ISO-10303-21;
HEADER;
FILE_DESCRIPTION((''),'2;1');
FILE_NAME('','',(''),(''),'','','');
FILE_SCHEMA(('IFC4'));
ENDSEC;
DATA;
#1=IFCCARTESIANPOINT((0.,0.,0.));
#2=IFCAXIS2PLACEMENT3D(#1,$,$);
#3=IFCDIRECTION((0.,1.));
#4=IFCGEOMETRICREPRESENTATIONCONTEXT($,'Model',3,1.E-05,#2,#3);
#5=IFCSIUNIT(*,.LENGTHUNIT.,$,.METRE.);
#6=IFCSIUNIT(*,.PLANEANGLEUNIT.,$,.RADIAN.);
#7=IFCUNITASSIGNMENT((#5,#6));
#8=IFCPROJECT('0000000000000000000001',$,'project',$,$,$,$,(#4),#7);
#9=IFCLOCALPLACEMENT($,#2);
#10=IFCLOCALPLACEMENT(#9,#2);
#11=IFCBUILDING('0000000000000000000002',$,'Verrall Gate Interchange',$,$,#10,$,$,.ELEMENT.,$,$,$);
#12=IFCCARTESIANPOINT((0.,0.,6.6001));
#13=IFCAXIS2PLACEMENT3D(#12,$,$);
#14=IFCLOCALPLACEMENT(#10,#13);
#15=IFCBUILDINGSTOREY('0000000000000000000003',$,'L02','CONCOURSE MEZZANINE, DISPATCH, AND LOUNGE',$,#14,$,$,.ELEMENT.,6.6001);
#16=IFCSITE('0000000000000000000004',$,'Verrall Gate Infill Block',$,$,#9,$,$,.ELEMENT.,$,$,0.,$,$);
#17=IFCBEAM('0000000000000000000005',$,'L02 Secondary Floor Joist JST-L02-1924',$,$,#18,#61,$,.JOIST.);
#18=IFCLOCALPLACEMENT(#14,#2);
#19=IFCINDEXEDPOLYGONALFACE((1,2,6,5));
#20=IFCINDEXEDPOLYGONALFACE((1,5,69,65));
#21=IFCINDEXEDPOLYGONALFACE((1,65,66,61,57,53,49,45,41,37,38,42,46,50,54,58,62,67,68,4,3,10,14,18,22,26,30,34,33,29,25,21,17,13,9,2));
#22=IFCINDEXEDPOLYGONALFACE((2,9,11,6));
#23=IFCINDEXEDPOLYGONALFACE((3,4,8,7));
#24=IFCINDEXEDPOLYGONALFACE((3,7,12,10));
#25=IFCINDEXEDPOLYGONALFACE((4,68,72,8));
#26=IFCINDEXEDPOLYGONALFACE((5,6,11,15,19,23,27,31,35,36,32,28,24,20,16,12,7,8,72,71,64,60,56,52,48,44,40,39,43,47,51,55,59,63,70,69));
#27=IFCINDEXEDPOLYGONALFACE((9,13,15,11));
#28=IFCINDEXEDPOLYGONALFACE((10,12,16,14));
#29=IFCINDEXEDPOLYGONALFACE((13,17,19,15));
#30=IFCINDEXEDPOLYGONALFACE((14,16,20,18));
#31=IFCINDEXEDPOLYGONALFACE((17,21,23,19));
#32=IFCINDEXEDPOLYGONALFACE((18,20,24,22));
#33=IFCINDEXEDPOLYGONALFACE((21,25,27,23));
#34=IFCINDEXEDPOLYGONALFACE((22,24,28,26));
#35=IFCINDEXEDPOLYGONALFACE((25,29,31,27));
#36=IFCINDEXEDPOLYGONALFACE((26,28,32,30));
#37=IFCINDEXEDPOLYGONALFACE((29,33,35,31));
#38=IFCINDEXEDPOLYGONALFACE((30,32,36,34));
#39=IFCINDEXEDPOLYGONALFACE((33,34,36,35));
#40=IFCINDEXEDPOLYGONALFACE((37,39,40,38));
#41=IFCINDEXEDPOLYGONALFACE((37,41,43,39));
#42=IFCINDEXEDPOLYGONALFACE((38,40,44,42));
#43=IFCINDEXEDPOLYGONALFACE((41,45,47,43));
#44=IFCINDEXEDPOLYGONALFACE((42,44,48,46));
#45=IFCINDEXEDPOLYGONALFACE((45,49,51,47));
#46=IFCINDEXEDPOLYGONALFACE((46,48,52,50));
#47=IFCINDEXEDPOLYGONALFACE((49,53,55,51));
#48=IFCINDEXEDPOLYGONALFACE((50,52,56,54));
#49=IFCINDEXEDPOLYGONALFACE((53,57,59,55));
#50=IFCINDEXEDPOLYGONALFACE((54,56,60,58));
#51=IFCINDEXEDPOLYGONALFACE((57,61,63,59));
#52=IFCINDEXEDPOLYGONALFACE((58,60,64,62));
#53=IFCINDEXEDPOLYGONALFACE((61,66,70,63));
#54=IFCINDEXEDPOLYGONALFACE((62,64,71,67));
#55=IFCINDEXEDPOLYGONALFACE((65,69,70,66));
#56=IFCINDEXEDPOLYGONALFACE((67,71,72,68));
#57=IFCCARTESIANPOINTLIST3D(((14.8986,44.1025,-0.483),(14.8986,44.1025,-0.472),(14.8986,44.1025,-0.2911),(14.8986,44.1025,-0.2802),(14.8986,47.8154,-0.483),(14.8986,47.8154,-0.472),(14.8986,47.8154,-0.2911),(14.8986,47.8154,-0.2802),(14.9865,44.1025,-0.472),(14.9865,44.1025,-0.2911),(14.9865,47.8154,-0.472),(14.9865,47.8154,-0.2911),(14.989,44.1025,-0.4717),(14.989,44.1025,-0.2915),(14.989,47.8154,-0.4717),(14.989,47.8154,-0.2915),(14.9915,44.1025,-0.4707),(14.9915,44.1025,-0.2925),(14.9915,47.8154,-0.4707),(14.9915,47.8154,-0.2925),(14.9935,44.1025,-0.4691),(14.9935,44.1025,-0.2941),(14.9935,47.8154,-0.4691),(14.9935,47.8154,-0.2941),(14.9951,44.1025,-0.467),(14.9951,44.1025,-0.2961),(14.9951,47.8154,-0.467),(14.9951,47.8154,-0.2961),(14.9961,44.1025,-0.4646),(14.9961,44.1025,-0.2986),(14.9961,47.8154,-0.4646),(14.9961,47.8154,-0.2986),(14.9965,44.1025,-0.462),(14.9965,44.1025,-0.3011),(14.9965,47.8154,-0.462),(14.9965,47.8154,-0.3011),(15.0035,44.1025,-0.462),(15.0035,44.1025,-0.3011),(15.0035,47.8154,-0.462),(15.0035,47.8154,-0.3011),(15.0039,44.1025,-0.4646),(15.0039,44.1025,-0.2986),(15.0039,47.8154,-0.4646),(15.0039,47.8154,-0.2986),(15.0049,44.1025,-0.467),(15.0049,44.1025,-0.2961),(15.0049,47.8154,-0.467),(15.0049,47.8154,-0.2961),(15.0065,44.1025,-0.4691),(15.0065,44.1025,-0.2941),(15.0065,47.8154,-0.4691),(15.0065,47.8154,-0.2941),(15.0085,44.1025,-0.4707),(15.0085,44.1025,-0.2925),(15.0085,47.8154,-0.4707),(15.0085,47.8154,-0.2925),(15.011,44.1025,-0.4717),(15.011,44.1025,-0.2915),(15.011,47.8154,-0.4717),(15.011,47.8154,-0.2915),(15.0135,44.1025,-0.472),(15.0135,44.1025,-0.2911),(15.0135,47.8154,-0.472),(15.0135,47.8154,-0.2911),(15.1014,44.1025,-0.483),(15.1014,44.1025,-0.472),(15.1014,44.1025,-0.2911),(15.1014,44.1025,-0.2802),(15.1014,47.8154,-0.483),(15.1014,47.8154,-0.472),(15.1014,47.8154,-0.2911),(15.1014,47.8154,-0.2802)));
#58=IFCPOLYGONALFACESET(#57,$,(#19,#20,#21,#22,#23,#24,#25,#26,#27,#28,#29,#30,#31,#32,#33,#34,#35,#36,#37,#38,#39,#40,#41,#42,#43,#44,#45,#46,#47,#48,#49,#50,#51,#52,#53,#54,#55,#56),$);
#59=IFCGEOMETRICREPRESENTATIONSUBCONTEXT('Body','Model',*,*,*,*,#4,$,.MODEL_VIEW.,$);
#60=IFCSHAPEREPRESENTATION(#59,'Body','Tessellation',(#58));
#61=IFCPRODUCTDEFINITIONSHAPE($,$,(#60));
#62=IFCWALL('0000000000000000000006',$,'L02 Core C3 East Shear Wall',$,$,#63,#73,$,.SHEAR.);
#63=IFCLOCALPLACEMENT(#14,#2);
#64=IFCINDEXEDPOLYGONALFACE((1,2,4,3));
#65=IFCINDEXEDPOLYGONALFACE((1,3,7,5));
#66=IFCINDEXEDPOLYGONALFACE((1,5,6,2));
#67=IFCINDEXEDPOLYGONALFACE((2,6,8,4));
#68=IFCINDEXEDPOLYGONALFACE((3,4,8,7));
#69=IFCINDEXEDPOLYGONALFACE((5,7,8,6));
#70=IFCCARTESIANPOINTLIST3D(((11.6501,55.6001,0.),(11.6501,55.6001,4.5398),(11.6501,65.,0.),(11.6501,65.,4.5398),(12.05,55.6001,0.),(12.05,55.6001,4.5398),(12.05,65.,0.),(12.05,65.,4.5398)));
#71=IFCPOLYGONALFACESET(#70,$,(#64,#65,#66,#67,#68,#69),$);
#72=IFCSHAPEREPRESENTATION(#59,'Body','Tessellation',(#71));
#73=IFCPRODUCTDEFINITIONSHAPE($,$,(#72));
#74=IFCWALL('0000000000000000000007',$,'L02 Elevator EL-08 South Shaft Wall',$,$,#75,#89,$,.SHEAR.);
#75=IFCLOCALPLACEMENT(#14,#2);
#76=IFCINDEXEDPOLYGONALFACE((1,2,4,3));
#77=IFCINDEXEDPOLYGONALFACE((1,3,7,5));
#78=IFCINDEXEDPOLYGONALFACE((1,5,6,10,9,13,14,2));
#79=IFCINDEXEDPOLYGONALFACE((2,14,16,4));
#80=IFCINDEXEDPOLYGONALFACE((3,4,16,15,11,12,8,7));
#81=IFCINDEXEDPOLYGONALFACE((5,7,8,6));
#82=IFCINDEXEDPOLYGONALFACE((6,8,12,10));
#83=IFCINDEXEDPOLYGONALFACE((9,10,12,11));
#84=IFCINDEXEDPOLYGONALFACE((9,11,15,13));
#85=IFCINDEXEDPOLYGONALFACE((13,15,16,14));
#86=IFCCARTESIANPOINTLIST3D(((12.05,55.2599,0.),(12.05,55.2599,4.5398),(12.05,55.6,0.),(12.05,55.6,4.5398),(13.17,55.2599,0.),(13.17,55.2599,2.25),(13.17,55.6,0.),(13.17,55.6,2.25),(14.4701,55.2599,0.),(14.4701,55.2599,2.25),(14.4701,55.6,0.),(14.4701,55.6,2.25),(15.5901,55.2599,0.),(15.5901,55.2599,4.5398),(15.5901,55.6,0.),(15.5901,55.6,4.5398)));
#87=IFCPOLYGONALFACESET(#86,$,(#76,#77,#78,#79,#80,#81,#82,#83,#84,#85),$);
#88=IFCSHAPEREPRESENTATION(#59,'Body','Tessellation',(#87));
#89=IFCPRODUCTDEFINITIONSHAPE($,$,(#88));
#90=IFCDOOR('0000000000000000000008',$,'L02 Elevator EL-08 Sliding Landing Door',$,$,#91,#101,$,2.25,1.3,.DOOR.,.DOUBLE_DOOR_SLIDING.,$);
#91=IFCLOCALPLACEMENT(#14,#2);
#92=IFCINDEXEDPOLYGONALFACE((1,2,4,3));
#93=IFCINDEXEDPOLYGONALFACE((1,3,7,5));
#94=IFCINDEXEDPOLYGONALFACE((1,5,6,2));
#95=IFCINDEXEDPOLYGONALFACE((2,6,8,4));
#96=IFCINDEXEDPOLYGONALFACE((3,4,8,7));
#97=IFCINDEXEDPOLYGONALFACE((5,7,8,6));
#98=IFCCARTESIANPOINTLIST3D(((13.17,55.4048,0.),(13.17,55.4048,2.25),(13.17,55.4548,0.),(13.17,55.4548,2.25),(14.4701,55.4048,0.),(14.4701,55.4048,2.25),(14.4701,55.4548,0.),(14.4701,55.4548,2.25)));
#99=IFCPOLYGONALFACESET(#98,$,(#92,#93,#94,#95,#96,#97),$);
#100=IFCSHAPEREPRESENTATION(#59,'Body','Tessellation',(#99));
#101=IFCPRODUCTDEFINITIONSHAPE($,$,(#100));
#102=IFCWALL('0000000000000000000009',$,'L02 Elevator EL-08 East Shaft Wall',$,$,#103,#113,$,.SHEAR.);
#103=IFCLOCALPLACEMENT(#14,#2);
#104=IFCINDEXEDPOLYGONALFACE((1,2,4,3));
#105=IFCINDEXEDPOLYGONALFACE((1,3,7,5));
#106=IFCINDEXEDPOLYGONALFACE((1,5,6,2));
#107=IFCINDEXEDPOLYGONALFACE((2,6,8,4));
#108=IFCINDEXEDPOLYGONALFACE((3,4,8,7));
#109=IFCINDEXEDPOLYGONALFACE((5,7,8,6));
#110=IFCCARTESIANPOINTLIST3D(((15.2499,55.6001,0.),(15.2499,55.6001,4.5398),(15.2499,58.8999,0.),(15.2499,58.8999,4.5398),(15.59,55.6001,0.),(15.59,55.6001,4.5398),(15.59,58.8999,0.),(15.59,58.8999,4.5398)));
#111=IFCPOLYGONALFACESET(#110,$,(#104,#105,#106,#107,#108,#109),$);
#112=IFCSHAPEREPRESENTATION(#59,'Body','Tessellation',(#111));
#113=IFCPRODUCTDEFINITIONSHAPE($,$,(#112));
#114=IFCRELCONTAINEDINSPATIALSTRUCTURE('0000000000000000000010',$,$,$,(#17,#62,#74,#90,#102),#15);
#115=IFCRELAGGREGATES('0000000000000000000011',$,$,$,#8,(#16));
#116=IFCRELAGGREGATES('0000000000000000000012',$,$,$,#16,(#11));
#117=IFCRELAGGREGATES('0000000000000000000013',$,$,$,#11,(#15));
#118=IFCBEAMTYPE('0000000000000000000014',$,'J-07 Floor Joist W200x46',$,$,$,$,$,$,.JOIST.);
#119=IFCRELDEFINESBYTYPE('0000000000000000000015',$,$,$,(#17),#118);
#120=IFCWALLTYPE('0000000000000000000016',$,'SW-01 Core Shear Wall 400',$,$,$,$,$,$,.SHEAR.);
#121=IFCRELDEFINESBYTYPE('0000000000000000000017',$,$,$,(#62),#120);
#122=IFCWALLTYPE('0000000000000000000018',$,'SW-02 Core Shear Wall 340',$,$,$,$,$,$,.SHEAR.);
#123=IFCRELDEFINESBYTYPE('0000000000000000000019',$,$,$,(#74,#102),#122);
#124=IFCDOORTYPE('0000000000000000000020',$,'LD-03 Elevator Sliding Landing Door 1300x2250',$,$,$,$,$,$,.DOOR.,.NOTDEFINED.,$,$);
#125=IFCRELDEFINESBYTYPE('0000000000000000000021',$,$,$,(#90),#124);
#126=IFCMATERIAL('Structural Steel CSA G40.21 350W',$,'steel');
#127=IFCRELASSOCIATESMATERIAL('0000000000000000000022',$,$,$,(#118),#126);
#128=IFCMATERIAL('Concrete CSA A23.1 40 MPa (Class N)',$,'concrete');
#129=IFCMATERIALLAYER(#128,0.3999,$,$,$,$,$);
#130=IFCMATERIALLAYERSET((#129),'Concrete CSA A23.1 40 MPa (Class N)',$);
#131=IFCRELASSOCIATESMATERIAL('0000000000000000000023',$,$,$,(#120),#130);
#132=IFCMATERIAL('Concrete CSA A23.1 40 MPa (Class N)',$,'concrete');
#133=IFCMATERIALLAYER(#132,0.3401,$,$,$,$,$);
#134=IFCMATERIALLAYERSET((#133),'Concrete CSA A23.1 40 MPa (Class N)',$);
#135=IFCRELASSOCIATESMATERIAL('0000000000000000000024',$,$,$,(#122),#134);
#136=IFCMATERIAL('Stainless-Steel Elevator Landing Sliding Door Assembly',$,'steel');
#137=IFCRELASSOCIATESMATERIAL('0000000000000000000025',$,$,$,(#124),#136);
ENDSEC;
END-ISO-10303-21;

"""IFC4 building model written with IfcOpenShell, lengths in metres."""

from ifc_helpers import new_model, si_unit, direction, frame, frame_2d, origin, origin_2d, place, context, subcontext, project, spatial, rectangle, i_section, extrude, material, layer, layer_set, material_profile, profile_set, type_object, element, fill, save


model = new_model("IFC4")

# Units and contexts
model_context = context("Model", 3, precision=1e-05, world=origin(), true_north=direction((0.0, 1.0)))
body_context = subcontext(model_context, "Body", "Model", "MODEL_VIEW")
ifc_project = project(units=[si_unit("LENGTHUNIT", "METRE"), si_unit("PLANEANGLEUNIT", "RADIAN")], contexts=[model_context])

# Site, building, storey
site_placement = place(None, origin())
site = spatial("IfcSite", under=ifc_project, at=site_placement, Name="Verrall Gate Infill Block", CompositionType="ELEMENT", RefElevation=0.0)
building_placement = place(site_placement, origin())
building = spatial("IfcBuilding", under=site, at=building_placement, Name="Verrall Gate Interchange", CompositionType="ELEMENT")
storey_placement = place(building_placement, frame((0.0, 0.0, 6.6001)))
storey = spatial("IfcBuildingStorey", under=building, at=storey_placement, Name="L02", Description="CONCOURSE MEZZANINE, DISPATCH, AND LOUNGE", CompositionType="ELEMENT", Elevation=6.6001)

# Beam
ifc_material_1 = material(Name="Structural Steel CSA G40.21 350W", Category="steel")
ifc_material_profile_1 = material_profile(ifc_material_1, i_section(OverallWidth=0.2029, OverallDepth=0.2029, WebThickness=0.0071, FlangeThickness=0.011, FilletRadius=0.01, at=origin_2d()), Name="W200x46")
ifc_profile_set_1 = profile_set([ifc_material_profile_1], Name="Structural Steel CSA G40.21 350W")
beam_type_1 = type_object("IfcBeamType", Name="J-07 Floor Joist W200x46", PredefinedType="JOIST", material=ifc_profile_set_1)
beam_1_placement = place(storey_placement, frame((15.0, 44.1025, -0.3816), z_axis=(0.0, 1.0, 0.0), x_axis=(-1.0, 0.0, 0.0)))
element("IfcBeam", 1, at=beam_1_placement, inside=storey, type_object=beam_type_1, Name="L02 Secondary Floor Joist JST-L02-1924", PredefinedType="JOIST", context=body_context, shape_type="SweptSolid", body=[
    extrude(i_section(OverallWidth=0.2029, OverallDepth=0.2029, WebThickness=0.0071, FlangeThickness=0.011, FilletRadius=0.01, at=origin_2d()), origin(), (0.0, 0.0, 1.0), 3.7129),
])

# Wall
ifc_material_2 = material(Name="Concrete CSA A23.1 40 MPa (Class N)", Category="concrete")
ifc_layer_1 = layer(ifc_material_2, 0.3999)
ifc_layer_set_1 = layer_set([ifc_layer_1], Name="Concrete CSA A23.1 40 MPa (Class N)")
wall_type_1 = type_object("IfcWallType", Name="SW-01 Core Shear Wall 400", PredefinedType="SHEAR", material=ifc_layer_set_1)
wall_1_placement = place(storey_placement, frame((11.8501, 55.6001, 0.0), z_axis=(0.0, 0.0, 1.0), x_axis=(0.0, 1.0, 0.0)))
element("IfcWall", 2, at=wall_1_placement, inside=storey, type_object=wall_type_1, Name="L02 Core C3 East Shear Wall", PredefinedType="SHEAR", context=body_context, shape_type="SweptSolid", body=[
    extrude(rectangle(XDim=9.3999, YDim=0.3999, at=frame_2d((4.7, 0.0))), origin(), (0.0, 0.0, 1.0), 4.5398),
])

# Wall, opening, door
ifc_material_3 = material(Name="Concrete CSA A23.1 40 MPa (Class N)", Category="concrete")
ifc_layer_2 = layer(ifc_material_3, 0.3401)
ifc_layer_set_2 = layer_set([ifc_layer_2], Name="Concrete CSA A23.1 40 MPa (Class N)")
wall_type_2 = type_object("IfcWallType", Name="SW-02 Core Shear Wall 340", PredefinedType="SHEAR", material=ifc_layer_set_2)
wall_2_placement = place(storey_placement, frame((12.05, 55.4299, 0.0), z_axis=(0.0, 0.0, 1.0), x_axis=(1.0, 0.0, 0.0)))
wall_2 = element("IfcWall", 3, at=wall_2_placement, inside=storey, type_object=wall_type_2, Name="L02 Elevator EL-08 South Shaft Wall", PredefinedType="SHEAR", context=body_context, shape_type="SweptSolid", body=[
    extrude(rectangle(XDim=3.54, YDim=0.3401, at=frame_2d((1.77, 0.0))), origin(), (0.0, 0.0, 1.0), 4.5398),
])
opening_1_placement = place(wall_2_placement, frame((1.1201, 0.0, 0.0)))
opening_1 = element("IfcOpeningElement", 4, at=opening_1_placement, cuts=wall_2, PredefinedType="OPENING", context=body_context, shape_type="SweptSolid", body=[
    extrude(rectangle(XDim=1.3, YDim=2.25, at=frame_2d((0.6499, 1.125))), frame((0.0, 0.1851, 0.0), z_axis=(0.0, -1.0, 0.0), x_axis=(1.0, 0.0, 0.0)), (0.0, 0.0, 1.0), 0.3699),
])
ifc_material_4 = material(Name="Stainless-Steel Elevator Landing Sliding Door Assembly", Category="steel")
door_type_1 = type_object("IfcDoorType", Name="LD-03 Elevator Sliding Landing Door 1300x2250", OperationType="NOTDEFINED", PredefinedType="DOOR", material=ifc_material_4)
door_1_placement = place(opening_1_placement, origin())
door_1 = element("IfcDoor", 5, at=door_1_placement, inside=storey, type_object=door_type_1, Name="L02 Elevator EL-08 Sliding Landing Door", OperationType="DOUBLE_DOOR_SLIDING", OverallHeight=2.25, OverallWidth=1.3, PredefinedType="DOOR", context=body_context, shape_type="SweptSolid", body=[
    extrude(rectangle(XDim=1.3, YDim=2.25, at=frame_2d((0.6499, 1.125))), frame((0.0, 0.0249, 0.0), z_axis=(0.0, -1.0, 0.0), x_axis=(1.0, 0.0, 0.0)), (0.0, 0.0, 1.0), 0.05),
])
fill(opening_1, door_1)

# Wall
wall_3_placement = place(storey_placement, frame((15.4199, 55.6001, 0.0), z_axis=(0.0, 0.0, 1.0), x_axis=(0.0, 1.0, 0.0)))
element("IfcWall", 6, at=wall_3_placement, inside=storey, type_object=wall_type_2, Name="L02 Elevator EL-08 East Shaft Wall", PredefinedType="SHEAR", context=body_context, shape_type="SweptSolid", body=[
    extrude(rectangle(XDim=3.2998, YDim=0.3401, at=frame_2d((1.6499, 0.0))), origin(), (0.0, 0.0, 1.0), 4.5398),
])

save(model, "model.ifc")
